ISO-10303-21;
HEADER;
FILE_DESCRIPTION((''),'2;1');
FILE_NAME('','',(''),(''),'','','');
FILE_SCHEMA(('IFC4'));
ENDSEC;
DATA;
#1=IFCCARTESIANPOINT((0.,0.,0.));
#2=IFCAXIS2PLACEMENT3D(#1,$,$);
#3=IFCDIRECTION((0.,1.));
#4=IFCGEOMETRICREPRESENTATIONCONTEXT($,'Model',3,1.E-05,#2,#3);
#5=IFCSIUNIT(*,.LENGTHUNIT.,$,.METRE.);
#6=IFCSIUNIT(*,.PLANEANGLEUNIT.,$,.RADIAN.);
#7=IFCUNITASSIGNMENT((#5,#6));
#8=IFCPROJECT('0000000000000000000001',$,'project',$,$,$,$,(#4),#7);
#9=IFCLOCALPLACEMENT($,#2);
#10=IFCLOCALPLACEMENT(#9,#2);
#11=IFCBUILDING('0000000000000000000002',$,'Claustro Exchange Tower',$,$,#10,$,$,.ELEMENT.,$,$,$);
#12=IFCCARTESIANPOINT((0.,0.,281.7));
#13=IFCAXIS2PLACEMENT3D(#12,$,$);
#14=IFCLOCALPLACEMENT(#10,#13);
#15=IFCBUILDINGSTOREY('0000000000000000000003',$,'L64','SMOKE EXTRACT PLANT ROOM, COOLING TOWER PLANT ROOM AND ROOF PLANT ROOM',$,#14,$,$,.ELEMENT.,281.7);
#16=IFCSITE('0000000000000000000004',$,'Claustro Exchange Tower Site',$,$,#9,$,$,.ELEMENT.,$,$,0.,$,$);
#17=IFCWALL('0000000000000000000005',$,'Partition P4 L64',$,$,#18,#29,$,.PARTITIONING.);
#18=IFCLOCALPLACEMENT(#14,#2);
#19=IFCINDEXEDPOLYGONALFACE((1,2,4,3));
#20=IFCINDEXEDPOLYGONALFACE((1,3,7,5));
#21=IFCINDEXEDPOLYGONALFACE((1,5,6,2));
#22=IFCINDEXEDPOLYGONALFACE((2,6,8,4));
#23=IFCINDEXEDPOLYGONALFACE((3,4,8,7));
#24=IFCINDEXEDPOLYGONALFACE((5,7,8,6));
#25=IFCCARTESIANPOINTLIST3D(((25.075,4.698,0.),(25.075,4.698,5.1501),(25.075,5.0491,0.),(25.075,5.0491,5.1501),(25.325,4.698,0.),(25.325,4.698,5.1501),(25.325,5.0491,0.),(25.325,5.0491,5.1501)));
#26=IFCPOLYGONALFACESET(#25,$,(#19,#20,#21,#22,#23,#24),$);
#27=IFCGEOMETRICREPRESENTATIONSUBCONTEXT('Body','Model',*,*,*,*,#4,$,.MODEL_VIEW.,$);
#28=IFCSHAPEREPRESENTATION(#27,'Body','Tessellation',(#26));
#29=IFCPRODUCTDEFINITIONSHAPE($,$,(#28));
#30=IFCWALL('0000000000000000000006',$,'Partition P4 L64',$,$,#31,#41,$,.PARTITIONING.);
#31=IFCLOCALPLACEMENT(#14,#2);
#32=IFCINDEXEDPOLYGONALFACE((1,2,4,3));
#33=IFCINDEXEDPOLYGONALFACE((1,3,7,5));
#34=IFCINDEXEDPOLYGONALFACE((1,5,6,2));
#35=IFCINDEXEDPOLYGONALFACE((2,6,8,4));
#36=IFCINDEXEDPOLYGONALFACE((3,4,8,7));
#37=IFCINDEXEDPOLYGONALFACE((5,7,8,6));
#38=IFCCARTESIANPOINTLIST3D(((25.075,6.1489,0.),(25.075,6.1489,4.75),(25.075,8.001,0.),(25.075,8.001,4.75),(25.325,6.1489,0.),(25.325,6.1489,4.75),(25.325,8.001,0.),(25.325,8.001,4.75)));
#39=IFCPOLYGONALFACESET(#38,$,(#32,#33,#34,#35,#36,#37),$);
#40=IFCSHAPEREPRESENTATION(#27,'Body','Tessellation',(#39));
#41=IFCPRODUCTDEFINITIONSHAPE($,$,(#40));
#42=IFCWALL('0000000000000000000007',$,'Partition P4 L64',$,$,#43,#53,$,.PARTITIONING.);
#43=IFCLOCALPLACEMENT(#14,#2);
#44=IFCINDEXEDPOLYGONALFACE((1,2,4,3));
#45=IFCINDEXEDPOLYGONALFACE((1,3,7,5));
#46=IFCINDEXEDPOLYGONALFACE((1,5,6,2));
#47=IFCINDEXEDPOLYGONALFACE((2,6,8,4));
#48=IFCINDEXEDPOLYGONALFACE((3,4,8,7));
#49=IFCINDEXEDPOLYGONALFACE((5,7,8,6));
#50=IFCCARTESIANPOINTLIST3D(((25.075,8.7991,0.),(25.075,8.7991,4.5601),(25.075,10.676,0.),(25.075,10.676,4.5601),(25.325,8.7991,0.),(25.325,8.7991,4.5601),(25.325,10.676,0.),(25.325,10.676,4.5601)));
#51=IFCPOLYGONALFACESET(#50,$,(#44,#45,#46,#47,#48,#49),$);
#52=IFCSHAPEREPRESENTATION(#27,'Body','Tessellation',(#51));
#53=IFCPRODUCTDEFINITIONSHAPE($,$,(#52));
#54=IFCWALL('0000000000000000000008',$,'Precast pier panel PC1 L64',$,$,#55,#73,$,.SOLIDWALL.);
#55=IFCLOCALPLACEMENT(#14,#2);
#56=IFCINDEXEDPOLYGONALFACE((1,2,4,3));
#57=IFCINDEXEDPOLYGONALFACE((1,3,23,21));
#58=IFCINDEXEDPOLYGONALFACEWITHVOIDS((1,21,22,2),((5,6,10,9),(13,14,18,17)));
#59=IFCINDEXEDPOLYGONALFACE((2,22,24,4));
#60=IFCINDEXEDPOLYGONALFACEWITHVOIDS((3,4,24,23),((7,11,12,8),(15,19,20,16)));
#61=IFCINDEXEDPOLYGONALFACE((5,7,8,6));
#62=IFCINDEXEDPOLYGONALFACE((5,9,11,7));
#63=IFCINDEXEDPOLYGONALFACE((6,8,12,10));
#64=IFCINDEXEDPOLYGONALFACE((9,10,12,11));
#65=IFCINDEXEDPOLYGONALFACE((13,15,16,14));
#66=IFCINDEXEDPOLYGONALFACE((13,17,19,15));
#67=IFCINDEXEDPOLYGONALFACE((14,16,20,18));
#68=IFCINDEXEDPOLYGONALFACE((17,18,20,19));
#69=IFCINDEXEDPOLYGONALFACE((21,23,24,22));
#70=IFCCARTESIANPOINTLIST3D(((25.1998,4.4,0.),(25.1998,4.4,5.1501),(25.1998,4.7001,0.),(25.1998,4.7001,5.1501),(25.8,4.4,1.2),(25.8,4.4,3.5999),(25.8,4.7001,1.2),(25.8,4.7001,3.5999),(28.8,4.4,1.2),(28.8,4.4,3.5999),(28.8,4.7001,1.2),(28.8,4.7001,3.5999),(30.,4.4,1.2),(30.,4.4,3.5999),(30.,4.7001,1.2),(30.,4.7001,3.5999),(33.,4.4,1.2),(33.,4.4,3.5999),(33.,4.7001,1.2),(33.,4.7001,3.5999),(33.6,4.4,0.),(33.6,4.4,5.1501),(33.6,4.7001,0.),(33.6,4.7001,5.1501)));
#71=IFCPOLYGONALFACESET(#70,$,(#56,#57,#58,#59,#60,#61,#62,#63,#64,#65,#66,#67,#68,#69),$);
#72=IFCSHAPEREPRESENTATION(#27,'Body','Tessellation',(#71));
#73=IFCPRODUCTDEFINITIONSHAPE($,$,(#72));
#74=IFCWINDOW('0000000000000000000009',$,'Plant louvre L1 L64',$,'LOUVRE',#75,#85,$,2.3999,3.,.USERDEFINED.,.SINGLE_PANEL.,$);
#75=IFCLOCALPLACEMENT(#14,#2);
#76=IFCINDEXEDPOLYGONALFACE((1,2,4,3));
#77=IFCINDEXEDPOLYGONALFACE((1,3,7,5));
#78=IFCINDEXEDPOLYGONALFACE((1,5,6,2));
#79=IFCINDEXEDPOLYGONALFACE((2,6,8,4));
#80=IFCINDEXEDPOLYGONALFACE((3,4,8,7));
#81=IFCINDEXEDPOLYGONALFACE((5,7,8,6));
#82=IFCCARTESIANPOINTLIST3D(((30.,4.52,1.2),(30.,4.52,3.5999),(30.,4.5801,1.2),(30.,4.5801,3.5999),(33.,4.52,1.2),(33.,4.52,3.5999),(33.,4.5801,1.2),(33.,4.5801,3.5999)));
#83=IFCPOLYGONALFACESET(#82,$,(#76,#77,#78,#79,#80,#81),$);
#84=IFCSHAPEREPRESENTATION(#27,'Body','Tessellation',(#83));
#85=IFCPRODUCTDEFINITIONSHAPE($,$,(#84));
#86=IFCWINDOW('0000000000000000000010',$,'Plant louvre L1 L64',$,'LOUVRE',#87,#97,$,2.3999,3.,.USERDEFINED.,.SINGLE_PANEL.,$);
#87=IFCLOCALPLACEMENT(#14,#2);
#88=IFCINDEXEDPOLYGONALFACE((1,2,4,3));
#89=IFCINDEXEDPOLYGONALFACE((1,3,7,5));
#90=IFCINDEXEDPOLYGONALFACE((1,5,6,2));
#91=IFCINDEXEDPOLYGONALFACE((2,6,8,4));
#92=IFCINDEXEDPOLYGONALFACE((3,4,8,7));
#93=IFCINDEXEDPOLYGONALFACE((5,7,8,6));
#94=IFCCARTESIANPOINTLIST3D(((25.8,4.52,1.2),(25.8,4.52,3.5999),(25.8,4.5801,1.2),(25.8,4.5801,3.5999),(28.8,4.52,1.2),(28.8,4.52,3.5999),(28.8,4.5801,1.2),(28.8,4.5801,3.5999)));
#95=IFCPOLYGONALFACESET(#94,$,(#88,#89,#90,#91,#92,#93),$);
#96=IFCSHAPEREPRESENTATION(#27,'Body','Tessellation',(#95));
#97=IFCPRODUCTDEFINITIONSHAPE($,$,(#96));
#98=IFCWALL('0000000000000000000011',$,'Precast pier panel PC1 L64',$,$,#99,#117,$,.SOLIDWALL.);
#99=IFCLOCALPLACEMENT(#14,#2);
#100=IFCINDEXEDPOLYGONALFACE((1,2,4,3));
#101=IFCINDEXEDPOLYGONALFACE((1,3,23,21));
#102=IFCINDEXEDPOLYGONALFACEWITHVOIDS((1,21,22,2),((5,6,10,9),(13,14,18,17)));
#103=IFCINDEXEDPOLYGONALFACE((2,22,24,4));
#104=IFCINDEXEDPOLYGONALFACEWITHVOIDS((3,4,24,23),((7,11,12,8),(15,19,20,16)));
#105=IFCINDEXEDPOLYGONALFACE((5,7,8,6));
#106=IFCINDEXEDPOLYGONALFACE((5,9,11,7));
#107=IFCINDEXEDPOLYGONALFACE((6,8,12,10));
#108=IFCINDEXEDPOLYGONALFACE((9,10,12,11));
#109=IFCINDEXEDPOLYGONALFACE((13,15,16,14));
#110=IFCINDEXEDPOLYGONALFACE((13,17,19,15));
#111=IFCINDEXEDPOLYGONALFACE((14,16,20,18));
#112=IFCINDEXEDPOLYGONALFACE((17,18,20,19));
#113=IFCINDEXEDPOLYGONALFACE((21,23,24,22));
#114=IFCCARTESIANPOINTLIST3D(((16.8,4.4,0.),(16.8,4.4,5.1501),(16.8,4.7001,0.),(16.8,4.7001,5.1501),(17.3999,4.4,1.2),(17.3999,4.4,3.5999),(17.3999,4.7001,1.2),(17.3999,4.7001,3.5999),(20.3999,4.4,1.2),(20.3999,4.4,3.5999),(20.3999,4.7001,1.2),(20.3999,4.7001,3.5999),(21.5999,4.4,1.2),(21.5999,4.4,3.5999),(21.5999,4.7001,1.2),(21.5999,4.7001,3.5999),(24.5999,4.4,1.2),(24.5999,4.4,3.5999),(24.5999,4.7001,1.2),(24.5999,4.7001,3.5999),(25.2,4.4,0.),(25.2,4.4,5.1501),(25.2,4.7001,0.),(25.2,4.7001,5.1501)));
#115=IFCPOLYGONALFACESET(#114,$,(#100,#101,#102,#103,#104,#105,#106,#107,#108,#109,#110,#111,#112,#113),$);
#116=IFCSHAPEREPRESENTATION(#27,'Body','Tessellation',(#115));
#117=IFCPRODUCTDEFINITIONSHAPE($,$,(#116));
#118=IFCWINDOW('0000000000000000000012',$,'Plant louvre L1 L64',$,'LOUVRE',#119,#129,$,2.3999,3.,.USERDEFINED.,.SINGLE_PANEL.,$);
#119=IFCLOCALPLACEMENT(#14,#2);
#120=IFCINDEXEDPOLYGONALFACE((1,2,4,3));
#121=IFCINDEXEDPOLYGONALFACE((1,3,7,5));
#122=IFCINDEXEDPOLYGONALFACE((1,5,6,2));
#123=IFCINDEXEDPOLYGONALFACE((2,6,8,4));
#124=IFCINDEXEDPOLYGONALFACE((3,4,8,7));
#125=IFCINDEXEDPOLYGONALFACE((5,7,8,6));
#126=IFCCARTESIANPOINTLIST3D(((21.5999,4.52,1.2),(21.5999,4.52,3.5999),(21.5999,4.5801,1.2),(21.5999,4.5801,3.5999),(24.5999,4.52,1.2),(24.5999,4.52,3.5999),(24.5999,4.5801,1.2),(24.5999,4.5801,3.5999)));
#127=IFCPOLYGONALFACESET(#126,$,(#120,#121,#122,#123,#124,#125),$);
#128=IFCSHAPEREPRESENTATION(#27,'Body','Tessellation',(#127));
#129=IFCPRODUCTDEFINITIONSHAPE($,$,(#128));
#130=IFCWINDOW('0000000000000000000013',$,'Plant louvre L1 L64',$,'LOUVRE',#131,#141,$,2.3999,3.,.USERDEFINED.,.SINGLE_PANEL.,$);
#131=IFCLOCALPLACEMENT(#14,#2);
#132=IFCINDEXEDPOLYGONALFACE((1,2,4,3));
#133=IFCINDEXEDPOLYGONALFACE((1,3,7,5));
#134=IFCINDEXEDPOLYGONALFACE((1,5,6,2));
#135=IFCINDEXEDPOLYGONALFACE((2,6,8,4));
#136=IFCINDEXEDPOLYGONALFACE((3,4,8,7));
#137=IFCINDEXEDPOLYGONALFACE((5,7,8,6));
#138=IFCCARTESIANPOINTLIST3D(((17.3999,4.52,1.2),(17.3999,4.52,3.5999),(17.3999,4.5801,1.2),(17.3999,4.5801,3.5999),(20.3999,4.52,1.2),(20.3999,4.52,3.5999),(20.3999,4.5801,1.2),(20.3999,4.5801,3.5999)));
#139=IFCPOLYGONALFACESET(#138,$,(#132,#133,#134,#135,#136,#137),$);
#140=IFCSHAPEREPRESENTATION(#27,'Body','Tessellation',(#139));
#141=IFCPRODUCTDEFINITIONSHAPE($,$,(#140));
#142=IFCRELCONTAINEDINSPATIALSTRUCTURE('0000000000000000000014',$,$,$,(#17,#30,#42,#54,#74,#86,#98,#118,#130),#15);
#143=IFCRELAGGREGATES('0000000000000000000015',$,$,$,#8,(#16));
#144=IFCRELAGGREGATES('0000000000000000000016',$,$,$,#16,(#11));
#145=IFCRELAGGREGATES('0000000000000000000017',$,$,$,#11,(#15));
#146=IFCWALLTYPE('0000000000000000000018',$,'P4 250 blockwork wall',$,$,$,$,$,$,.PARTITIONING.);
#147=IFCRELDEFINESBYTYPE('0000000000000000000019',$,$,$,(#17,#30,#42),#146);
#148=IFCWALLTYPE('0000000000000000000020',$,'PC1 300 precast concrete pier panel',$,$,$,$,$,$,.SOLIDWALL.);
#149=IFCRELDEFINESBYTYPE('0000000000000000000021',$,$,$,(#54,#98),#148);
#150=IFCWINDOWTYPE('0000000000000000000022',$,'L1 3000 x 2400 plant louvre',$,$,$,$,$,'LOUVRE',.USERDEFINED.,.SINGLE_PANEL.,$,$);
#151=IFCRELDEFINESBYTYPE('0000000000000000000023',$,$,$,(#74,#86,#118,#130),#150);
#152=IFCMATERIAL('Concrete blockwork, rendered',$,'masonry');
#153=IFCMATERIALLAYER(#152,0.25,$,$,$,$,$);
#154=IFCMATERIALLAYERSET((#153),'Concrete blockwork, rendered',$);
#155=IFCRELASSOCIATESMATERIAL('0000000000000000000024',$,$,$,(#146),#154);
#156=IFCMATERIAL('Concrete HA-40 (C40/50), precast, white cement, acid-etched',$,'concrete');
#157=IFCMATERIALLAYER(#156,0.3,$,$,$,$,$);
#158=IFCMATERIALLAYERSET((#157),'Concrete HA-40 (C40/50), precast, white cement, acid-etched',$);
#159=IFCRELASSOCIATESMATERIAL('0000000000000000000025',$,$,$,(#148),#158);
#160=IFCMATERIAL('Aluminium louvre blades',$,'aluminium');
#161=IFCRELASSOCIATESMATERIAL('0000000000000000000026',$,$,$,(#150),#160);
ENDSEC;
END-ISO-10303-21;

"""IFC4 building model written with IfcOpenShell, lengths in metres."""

from ifc_helpers import new_model, si_unit, direction, frame, frame_2d, origin, place, context, subcontext, project, spatial, rectangle, extrude, material, layer, layer_set, type_object, element, fill, save


model = new_model("IFC4")

# Units and contexts
model_context = context("Model", 3, precision=1e-05, world=origin(), true_north=direction((0.0, 1.0)))
body_context = subcontext(model_context, "Body", "Model", "MODEL_VIEW")
ifc_project = project(units=[si_unit("LENGTHUNIT", "METRE"), si_unit("PLANEANGLEUNIT", "RADIAN")], contexts=[model_context])

# Site, building, storey
site_placement = place(None, origin())
site = spatial("IfcSite", under=ifc_project, at=site_placement, Name="Claustro Exchange Tower Site", CompositionType="ELEMENT", RefElevation=0.0)
building_placement = place(site_placement, origin())
building = spatial("IfcBuilding", under=site, at=building_placement, Name="Claustro Exchange Tower", CompositionType="ELEMENT")
storey_placement = place(building_placement, frame((0.0, 0.0, 281.7)))
storey = spatial("IfcBuildingStorey", under=building, at=storey_placement, Name="L64", Description="SMOKE EXTRACT PLANT ROOM, COOLING TOWER PLANT ROOM AND ROOF PLANT ROOM", CompositionType="ELEMENT", Elevation=281.7)

# Walls
ifc_material_1 = material(Name="Concrete blockwork, rendered", Category="masonry")
ifc_layer_1 = layer(ifc_material_1, 0.25)
ifc_layer_set_1 = layer_set([ifc_layer_1], Name="Concrete blockwork, rendered")
wall_type_1 = type_object("IfcWallType", Name="P4 250 blockwork wall", PredefinedType="PARTITIONING", material=ifc_layer_set_1)
wall_1_placement = place(storey_placement, frame((25.2, 4.698, 0.0), z_axis=(0.0, 0.0, 1.0), x_axis=(0.0, 1.0, 0.0)))
element("IfcWall", 1, at=wall_1_placement, inside=storey, type_object=wall_type_1, Name="Partition P4 L64", PredefinedType="PARTITIONING", context=body_context, shape_type="SweptSolid", body=[
    extrude(rectangle(XDim=0.3511, YDim=0.25, at=frame_2d((0.1755, 0.0))), origin(), (0.0, 0.0, 1.0), 5.1501),
])
wall_2_placement = place(storey_placement, frame((25.2, 6.1489, 0.0), z_axis=(0.0, 0.0, 1.0), x_axis=(0.0, 1.0, 0.0)))
element("IfcWall", 2, at=wall_2_placement, inside=storey, type_object=wall_type_1, Name="Partition P4 L64", PredefinedType="PARTITIONING", context=body_context, shape_type="SweptSolid", body=[
    extrude(rectangle(XDim=1.8521, YDim=0.25, at=frame_2d((0.926, 0.0))), origin(), (0.0, 0.0, 1.0), 4.75),
])
wall_3_placement = place(storey_placement, frame((25.2, 8.7991, 0.0), z_axis=(0.0, 0.0, 1.0), x_axis=(0.0, 1.0, 0.0)))
element("IfcWall", 3, at=wall_3_placement, inside=storey, type_object=wall_type_1, Name="Partition P4 L64", PredefinedType="PARTITIONING", context=body_context, shape_type="SweptSolid", body=[
    extrude(rectangle(XDim=1.877, YDim=0.25, at=frame_2d((0.9385, 0.0))), origin(), (0.0, 0.0, 1.0), 4.5601),
])

# Walls, openings, windows
ifc_material_2 = material(Name="Concrete HA-40 (C40/50), precast, white cement, acid-etched", Category="concrete")
ifc_layer_2 = layer(ifc_material_2, 0.3)
ifc_layer_set_2 = layer_set([ifc_layer_2], Name="Concrete HA-40 (C40/50), precast, white cement, acid-etched")
wall_type_2 = type_object("IfcWallType", Name="PC1 300 precast concrete pier panel", PredefinedType="SOLIDWALL", material=ifc_layer_set_2)
wall_4_placement = place(storey_placement, frame((33.6001, 4.55, 0.0), z_axis=(0.0, 0.0, 1.0), x_axis=(-1.0, 0.0, 0.0)))
wall_4 = element("IfcWall", 4, at=wall_4_placement, inside=storey, type_object=wall_type_2, Name="Precast pier panel PC1 L64", PredefinedType="SOLIDWALL", context=body_context, shape_type="SweptSolid", body=[
    extrude(rectangle(XDim=8.4001, YDim=0.3, at=frame_2d((4.2002, 0.0))), origin(), (0.0, 0.0, 1.0), 5.1501),
])
opening_1_placement = place(wall_4_placement, frame((0.6001, 0.0, 1.2)))
opening_1 = element("IfcOpeningElement", 5, at=opening_1_placement, cuts=wall_4, PredefinedType="OPENING", context=body_context, shape_type="SweptSolid", body=[
    extrude(rectangle(XDim=3.0, YDim=2.3999, at=frame_2d((1.5, 1.2))), frame((0.0, 0.1599, 0.0), z_axis=(0.0, -1.0, 0.0), x_axis=(1.0, 0.0, 0.0)), (0.0, 0.0, 1.0), 0.3201),
])
opening_2_placement = place(wall_4_placement, frame((4.8, 0.0, 1.2)))
opening_2 = element("IfcOpeningElement", 6, at=opening_2_placement, cuts=wall_4, PredefinedType="OPENING", context=body_context, shape_type="SweptSolid", body=[
    extrude(rectangle(XDim=3.0, YDim=2.3999, at=frame_2d((1.5, 1.2))), frame((0.0, 0.1599, 0.0), z_axis=(0.0, -1.0, 0.0), x_axis=(1.0, 0.0, 0.0)), (0.0, 0.0, 1.0), 0.3201),
])
ifc_material_3 = material(Name="Aluminium louvre blades", Category="aluminium")
window_type = type_object("IfcWindowType", Name="L1 3000 x 2400 plant louvre", ElementType="LOUVRE", PartitioningType="SINGLE_PANEL", PredefinedType="USERDEFINED", material=ifc_material_3)
window_1_placement = place(opening_1_placement, origin())
window_1 = element("IfcWindow", 7, at=window_1_placement, inside=storey, type_object=window_type, Name="Plant louvre L1 L64", ObjectType="LOUVRE", OverallHeight=2.3999, OverallWidth=3.0, PartitioningType="SINGLE_PANEL", PredefinedType="USERDEFINED", context=body_context, shape_type="SweptSolid", body=[
    extrude(rectangle(XDim=3.0, YDim=2.3999, at=frame_2d((1.5, 1.2))), frame((0.0, 0.03, 0.0), z_axis=(0.0, -1.0, 0.0), x_axis=(1.0, 0.0, 0.0)), (0.0, 0.0, 1.0), 0.0601),
])
fill(opening_1, window_1)
window_2_placement = place(opening_2_placement, origin())
window_2 = element("IfcWindow", 8, at=window_2_placement, inside=storey, type_object=window_type, Name="Plant louvre L1 L64", ObjectType="LOUVRE", OverallHeight=2.3999, OverallWidth=3.0, PartitioningType="SINGLE_PANEL", PredefinedType="USERDEFINED", context=body_context, shape_type="SweptSolid", body=[
    extrude(rectangle(XDim=3.0, YDim=2.3999, at=frame_2d((1.5, 1.2))), frame((0.0, 0.03, 0.0), z_axis=(0.0, -1.0, 0.0), x_axis=(1.0, 0.0, 0.0)), (0.0, 0.0, 1.0), 0.0601),
])
fill(opening_2, window_2)
wall_5_placement = place(storey_placement, frame((25.2, 4.55, 0.0), z_axis=(0.0, 0.0, 1.0), x_axis=(-1.0, 0.0, 0.0)))
wall_5 = element("IfcWall", 9, at=wall_5_placement, inside=storey, type_object=wall_type_2, Name="Precast pier panel PC1 L64", PredefinedType="SOLIDWALL", context=body_context, shape_type="SweptSolid", body=[
    extrude(rectangle(XDim=8.3999, YDim=0.3, at=frame_2d((4.2, 0.0))), origin(), (0.0, 0.0, 1.0), 5.1501),
])
opening_3_placement = place(wall_5_placement, frame((0.6001, 0.0, 1.2)))
opening_3 = element("IfcOpeningElement", 10, at=opening_3_placement, cuts=wall_5, PredefinedType="OPENING", context=body_context, shape_type="SweptSolid", body=[
    extrude(rectangle(XDim=3.0, YDim=2.3999, at=frame_2d((1.5, 1.2))), frame((0.0, 0.1599, 0.0), z_axis=(0.0, -1.0, 0.0), x_axis=(1.0, 0.0, 0.0)), (0.0, 0.0, 1.0), 0.3201),
])
opening_4_placement = place(wall_5_placement, frame((4.8, 0.0, 1.2)))
opening_4 = element("IfcOpeningElement", 11, at=opening_4_placement, cuts=wall_5, PredefinedType="OPENING", context=body_context, shape_type="SweptSolid", body=[
    extrude(rectangle(XDim=3.0, YDim=2.3999, at=frame_2d((1.5, 1.2))), frame((0.0, 0.1599, 0.0), z_axis=(0.0, -1.0, 0.0), x_axis=(1.0, 0.0, 0.0)), (0.0, 0.0, 1.0), 0.3201),
])
window_3_placement = place(opening_3_placement, origin())
window_3 = element("IfcWindow", 12, at=window_3_placement, inside=storey, type_object=window_type, Name="Plant louvre L1 L64", ObjectType="LOUVRE", OverallHeight=2.3999, OverallWidth=3.0, PartitioningType="SINGLE_PANEL", PredefinedType="USERDEFINED", context=body_context, shape_type="SweptSolid", body=[
    extrude(rectangle(XDim=3.0, YDim=2.3999, at=frame_2d((1.5, 1.2))), frame((0.0, 0.03, 0.0), z_axis=(0.0, -1.0, 0.0), x_axis=(1.0, 0.0, 0.0)), (0.0, 0.0, 1.0), 0.0601),
])
fill(opening_3, window_3)
window_4_placement = place(opening_4_placement, origin())
window_4 = element("IfcWindow", 13, at=window_4_placement, inside=storey, type_object=window_type, Name="Plant louvre L1 L64", ObjectType="LOUVRE", OverallHeight=2.3999, OverallWidth=3.0, PartitioningType="SINGLE_PANEL", PredefinedType="USERDEFINED", context=body_context, shape_type="SweptSolid", body=[
    extrude(rectangle(XDim=3.0, YDim=2.3999, at=frame_2d((1.5, 1.2))), frame((0.0, 0.03, 0.0), z_axis=(0.0, -1.0, 0.0), x_axis=(1.0, 0.0, 0.0)), (0.0, 0.0, 1.0), 0.0601),
])
fill(opening_4, window_4)

save(model, "model.ifc")
